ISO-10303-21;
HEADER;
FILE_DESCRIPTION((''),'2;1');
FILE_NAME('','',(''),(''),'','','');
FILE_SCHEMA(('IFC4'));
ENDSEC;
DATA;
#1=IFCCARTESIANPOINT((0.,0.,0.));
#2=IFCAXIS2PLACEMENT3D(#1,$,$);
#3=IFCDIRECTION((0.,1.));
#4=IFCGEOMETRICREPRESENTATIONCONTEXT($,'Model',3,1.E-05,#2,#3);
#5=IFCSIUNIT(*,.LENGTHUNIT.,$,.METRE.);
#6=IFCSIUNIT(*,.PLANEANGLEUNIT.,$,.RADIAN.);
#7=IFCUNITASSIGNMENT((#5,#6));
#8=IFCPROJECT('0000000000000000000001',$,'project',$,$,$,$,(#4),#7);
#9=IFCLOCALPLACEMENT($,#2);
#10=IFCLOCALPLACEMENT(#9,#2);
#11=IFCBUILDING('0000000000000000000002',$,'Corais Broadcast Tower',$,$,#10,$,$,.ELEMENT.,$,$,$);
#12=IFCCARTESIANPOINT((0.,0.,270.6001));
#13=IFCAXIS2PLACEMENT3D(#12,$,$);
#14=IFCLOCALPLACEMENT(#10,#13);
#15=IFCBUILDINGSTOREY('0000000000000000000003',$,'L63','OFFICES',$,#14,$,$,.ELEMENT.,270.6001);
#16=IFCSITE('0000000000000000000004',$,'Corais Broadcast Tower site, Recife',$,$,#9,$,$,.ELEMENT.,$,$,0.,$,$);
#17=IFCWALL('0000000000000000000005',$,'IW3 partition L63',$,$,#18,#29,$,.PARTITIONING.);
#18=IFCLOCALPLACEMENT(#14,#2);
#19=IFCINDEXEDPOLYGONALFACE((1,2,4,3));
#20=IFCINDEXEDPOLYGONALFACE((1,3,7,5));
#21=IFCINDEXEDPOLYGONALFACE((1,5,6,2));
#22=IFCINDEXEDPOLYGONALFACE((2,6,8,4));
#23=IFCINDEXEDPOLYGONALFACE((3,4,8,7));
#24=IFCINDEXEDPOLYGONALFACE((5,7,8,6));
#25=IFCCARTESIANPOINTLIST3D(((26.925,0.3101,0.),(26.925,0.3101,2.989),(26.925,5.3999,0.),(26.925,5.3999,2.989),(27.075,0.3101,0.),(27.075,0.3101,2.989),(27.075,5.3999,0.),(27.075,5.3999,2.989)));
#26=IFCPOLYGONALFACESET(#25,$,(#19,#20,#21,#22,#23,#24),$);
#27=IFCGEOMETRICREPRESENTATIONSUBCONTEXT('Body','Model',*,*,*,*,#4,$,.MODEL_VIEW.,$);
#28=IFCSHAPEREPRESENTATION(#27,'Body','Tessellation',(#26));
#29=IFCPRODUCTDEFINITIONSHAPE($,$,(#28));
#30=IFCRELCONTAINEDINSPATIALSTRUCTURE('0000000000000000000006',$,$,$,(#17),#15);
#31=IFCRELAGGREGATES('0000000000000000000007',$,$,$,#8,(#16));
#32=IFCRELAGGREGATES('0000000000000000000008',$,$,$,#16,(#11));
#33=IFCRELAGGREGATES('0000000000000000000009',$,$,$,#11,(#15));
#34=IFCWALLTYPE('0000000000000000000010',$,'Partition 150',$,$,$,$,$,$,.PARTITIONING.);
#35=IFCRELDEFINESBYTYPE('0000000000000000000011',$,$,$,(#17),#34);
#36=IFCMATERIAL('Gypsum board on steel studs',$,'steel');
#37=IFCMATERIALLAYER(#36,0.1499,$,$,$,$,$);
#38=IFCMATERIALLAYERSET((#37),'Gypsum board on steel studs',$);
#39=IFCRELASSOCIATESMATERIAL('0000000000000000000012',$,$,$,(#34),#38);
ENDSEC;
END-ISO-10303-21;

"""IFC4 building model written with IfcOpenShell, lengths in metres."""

from ifc_helpers import new_model, si_unit, direction, frame, frame_2d, origin, place, context, subcontext, project, spatial, rectangle, extrude, material, layer, layer_set, type_object, element, save


model = new_model("IFC4")

# Units and contexts
model_context = context("Model", 3, precision=1e-05, world=origin(), true_north=direction((0.0, 1.0)))
body_context = subcontext(model_context, "Body", "Model", "MODEL_VIEW")
ifc_project = project(units=[si_unit("LENGTHUNIT", "METRE"), si_unit("PLANEANGLEUNIT", "RADIAN")], contexts=[model_context])

# Site, building, storey
site_placement = place(None, origin())
site = spatial("IfcSite", under=ifc_project, at=site_placement, Name="Corais Broadcast Tower site, Recife", CompositionType="ELEMENT", RefElevation=0.0)
building_placement = place(site_placement, origin())
building = spatial("IfcBuilding", under=site, at=building_placement, Name="Corais Broadcast Tower", CompositionType="ELEMENT")
storey_placement = place(building_placement, frame((0.0, 0.0, 270.6001)))
storey = spatial("IfcBuildingStorey", under=building, at=storey_placement, Name="L63", Description="OFFICES", CompositionType="ELEMENT", Elevation=270.6001)

# Wall
ifc_material_1 = material(Name="Gypsum board on steel studs", Category="steel")
ifc_layer_1 = layer(ifc_material_1, 0.1499)
ifc_layer_set_1 = layer_set([ifc_layer_1], Name="Gypsum board on steel studs")
wall_type = type_object("IfcWallType", Name="Partition 150", PredefinedType="PARTITIONING", material=ifc_layer_set_1)
wall_placement = place(storey_placement, frame((27.0, 0.3101, 0.0), z_axis=(0.0, 0.0, 1.0), x_axis=(0.0, 1.0, 0.0)))
element("IfcWall", 1, at=wall_placement, inside=storey, type_object=wall_type, Name="IW3 partition L63", PredefinedType="PARTITIONING", context=body_context, shape_type="SweptSolid", body=[
    extrude(rectangle(XDim=5.0898, YDim=0.1499, at=frame_2d((2.5449, 0.0))), origin(), (0.0, 0.0, 1.0), 2.989),
])

save(model, "model.ifc")
